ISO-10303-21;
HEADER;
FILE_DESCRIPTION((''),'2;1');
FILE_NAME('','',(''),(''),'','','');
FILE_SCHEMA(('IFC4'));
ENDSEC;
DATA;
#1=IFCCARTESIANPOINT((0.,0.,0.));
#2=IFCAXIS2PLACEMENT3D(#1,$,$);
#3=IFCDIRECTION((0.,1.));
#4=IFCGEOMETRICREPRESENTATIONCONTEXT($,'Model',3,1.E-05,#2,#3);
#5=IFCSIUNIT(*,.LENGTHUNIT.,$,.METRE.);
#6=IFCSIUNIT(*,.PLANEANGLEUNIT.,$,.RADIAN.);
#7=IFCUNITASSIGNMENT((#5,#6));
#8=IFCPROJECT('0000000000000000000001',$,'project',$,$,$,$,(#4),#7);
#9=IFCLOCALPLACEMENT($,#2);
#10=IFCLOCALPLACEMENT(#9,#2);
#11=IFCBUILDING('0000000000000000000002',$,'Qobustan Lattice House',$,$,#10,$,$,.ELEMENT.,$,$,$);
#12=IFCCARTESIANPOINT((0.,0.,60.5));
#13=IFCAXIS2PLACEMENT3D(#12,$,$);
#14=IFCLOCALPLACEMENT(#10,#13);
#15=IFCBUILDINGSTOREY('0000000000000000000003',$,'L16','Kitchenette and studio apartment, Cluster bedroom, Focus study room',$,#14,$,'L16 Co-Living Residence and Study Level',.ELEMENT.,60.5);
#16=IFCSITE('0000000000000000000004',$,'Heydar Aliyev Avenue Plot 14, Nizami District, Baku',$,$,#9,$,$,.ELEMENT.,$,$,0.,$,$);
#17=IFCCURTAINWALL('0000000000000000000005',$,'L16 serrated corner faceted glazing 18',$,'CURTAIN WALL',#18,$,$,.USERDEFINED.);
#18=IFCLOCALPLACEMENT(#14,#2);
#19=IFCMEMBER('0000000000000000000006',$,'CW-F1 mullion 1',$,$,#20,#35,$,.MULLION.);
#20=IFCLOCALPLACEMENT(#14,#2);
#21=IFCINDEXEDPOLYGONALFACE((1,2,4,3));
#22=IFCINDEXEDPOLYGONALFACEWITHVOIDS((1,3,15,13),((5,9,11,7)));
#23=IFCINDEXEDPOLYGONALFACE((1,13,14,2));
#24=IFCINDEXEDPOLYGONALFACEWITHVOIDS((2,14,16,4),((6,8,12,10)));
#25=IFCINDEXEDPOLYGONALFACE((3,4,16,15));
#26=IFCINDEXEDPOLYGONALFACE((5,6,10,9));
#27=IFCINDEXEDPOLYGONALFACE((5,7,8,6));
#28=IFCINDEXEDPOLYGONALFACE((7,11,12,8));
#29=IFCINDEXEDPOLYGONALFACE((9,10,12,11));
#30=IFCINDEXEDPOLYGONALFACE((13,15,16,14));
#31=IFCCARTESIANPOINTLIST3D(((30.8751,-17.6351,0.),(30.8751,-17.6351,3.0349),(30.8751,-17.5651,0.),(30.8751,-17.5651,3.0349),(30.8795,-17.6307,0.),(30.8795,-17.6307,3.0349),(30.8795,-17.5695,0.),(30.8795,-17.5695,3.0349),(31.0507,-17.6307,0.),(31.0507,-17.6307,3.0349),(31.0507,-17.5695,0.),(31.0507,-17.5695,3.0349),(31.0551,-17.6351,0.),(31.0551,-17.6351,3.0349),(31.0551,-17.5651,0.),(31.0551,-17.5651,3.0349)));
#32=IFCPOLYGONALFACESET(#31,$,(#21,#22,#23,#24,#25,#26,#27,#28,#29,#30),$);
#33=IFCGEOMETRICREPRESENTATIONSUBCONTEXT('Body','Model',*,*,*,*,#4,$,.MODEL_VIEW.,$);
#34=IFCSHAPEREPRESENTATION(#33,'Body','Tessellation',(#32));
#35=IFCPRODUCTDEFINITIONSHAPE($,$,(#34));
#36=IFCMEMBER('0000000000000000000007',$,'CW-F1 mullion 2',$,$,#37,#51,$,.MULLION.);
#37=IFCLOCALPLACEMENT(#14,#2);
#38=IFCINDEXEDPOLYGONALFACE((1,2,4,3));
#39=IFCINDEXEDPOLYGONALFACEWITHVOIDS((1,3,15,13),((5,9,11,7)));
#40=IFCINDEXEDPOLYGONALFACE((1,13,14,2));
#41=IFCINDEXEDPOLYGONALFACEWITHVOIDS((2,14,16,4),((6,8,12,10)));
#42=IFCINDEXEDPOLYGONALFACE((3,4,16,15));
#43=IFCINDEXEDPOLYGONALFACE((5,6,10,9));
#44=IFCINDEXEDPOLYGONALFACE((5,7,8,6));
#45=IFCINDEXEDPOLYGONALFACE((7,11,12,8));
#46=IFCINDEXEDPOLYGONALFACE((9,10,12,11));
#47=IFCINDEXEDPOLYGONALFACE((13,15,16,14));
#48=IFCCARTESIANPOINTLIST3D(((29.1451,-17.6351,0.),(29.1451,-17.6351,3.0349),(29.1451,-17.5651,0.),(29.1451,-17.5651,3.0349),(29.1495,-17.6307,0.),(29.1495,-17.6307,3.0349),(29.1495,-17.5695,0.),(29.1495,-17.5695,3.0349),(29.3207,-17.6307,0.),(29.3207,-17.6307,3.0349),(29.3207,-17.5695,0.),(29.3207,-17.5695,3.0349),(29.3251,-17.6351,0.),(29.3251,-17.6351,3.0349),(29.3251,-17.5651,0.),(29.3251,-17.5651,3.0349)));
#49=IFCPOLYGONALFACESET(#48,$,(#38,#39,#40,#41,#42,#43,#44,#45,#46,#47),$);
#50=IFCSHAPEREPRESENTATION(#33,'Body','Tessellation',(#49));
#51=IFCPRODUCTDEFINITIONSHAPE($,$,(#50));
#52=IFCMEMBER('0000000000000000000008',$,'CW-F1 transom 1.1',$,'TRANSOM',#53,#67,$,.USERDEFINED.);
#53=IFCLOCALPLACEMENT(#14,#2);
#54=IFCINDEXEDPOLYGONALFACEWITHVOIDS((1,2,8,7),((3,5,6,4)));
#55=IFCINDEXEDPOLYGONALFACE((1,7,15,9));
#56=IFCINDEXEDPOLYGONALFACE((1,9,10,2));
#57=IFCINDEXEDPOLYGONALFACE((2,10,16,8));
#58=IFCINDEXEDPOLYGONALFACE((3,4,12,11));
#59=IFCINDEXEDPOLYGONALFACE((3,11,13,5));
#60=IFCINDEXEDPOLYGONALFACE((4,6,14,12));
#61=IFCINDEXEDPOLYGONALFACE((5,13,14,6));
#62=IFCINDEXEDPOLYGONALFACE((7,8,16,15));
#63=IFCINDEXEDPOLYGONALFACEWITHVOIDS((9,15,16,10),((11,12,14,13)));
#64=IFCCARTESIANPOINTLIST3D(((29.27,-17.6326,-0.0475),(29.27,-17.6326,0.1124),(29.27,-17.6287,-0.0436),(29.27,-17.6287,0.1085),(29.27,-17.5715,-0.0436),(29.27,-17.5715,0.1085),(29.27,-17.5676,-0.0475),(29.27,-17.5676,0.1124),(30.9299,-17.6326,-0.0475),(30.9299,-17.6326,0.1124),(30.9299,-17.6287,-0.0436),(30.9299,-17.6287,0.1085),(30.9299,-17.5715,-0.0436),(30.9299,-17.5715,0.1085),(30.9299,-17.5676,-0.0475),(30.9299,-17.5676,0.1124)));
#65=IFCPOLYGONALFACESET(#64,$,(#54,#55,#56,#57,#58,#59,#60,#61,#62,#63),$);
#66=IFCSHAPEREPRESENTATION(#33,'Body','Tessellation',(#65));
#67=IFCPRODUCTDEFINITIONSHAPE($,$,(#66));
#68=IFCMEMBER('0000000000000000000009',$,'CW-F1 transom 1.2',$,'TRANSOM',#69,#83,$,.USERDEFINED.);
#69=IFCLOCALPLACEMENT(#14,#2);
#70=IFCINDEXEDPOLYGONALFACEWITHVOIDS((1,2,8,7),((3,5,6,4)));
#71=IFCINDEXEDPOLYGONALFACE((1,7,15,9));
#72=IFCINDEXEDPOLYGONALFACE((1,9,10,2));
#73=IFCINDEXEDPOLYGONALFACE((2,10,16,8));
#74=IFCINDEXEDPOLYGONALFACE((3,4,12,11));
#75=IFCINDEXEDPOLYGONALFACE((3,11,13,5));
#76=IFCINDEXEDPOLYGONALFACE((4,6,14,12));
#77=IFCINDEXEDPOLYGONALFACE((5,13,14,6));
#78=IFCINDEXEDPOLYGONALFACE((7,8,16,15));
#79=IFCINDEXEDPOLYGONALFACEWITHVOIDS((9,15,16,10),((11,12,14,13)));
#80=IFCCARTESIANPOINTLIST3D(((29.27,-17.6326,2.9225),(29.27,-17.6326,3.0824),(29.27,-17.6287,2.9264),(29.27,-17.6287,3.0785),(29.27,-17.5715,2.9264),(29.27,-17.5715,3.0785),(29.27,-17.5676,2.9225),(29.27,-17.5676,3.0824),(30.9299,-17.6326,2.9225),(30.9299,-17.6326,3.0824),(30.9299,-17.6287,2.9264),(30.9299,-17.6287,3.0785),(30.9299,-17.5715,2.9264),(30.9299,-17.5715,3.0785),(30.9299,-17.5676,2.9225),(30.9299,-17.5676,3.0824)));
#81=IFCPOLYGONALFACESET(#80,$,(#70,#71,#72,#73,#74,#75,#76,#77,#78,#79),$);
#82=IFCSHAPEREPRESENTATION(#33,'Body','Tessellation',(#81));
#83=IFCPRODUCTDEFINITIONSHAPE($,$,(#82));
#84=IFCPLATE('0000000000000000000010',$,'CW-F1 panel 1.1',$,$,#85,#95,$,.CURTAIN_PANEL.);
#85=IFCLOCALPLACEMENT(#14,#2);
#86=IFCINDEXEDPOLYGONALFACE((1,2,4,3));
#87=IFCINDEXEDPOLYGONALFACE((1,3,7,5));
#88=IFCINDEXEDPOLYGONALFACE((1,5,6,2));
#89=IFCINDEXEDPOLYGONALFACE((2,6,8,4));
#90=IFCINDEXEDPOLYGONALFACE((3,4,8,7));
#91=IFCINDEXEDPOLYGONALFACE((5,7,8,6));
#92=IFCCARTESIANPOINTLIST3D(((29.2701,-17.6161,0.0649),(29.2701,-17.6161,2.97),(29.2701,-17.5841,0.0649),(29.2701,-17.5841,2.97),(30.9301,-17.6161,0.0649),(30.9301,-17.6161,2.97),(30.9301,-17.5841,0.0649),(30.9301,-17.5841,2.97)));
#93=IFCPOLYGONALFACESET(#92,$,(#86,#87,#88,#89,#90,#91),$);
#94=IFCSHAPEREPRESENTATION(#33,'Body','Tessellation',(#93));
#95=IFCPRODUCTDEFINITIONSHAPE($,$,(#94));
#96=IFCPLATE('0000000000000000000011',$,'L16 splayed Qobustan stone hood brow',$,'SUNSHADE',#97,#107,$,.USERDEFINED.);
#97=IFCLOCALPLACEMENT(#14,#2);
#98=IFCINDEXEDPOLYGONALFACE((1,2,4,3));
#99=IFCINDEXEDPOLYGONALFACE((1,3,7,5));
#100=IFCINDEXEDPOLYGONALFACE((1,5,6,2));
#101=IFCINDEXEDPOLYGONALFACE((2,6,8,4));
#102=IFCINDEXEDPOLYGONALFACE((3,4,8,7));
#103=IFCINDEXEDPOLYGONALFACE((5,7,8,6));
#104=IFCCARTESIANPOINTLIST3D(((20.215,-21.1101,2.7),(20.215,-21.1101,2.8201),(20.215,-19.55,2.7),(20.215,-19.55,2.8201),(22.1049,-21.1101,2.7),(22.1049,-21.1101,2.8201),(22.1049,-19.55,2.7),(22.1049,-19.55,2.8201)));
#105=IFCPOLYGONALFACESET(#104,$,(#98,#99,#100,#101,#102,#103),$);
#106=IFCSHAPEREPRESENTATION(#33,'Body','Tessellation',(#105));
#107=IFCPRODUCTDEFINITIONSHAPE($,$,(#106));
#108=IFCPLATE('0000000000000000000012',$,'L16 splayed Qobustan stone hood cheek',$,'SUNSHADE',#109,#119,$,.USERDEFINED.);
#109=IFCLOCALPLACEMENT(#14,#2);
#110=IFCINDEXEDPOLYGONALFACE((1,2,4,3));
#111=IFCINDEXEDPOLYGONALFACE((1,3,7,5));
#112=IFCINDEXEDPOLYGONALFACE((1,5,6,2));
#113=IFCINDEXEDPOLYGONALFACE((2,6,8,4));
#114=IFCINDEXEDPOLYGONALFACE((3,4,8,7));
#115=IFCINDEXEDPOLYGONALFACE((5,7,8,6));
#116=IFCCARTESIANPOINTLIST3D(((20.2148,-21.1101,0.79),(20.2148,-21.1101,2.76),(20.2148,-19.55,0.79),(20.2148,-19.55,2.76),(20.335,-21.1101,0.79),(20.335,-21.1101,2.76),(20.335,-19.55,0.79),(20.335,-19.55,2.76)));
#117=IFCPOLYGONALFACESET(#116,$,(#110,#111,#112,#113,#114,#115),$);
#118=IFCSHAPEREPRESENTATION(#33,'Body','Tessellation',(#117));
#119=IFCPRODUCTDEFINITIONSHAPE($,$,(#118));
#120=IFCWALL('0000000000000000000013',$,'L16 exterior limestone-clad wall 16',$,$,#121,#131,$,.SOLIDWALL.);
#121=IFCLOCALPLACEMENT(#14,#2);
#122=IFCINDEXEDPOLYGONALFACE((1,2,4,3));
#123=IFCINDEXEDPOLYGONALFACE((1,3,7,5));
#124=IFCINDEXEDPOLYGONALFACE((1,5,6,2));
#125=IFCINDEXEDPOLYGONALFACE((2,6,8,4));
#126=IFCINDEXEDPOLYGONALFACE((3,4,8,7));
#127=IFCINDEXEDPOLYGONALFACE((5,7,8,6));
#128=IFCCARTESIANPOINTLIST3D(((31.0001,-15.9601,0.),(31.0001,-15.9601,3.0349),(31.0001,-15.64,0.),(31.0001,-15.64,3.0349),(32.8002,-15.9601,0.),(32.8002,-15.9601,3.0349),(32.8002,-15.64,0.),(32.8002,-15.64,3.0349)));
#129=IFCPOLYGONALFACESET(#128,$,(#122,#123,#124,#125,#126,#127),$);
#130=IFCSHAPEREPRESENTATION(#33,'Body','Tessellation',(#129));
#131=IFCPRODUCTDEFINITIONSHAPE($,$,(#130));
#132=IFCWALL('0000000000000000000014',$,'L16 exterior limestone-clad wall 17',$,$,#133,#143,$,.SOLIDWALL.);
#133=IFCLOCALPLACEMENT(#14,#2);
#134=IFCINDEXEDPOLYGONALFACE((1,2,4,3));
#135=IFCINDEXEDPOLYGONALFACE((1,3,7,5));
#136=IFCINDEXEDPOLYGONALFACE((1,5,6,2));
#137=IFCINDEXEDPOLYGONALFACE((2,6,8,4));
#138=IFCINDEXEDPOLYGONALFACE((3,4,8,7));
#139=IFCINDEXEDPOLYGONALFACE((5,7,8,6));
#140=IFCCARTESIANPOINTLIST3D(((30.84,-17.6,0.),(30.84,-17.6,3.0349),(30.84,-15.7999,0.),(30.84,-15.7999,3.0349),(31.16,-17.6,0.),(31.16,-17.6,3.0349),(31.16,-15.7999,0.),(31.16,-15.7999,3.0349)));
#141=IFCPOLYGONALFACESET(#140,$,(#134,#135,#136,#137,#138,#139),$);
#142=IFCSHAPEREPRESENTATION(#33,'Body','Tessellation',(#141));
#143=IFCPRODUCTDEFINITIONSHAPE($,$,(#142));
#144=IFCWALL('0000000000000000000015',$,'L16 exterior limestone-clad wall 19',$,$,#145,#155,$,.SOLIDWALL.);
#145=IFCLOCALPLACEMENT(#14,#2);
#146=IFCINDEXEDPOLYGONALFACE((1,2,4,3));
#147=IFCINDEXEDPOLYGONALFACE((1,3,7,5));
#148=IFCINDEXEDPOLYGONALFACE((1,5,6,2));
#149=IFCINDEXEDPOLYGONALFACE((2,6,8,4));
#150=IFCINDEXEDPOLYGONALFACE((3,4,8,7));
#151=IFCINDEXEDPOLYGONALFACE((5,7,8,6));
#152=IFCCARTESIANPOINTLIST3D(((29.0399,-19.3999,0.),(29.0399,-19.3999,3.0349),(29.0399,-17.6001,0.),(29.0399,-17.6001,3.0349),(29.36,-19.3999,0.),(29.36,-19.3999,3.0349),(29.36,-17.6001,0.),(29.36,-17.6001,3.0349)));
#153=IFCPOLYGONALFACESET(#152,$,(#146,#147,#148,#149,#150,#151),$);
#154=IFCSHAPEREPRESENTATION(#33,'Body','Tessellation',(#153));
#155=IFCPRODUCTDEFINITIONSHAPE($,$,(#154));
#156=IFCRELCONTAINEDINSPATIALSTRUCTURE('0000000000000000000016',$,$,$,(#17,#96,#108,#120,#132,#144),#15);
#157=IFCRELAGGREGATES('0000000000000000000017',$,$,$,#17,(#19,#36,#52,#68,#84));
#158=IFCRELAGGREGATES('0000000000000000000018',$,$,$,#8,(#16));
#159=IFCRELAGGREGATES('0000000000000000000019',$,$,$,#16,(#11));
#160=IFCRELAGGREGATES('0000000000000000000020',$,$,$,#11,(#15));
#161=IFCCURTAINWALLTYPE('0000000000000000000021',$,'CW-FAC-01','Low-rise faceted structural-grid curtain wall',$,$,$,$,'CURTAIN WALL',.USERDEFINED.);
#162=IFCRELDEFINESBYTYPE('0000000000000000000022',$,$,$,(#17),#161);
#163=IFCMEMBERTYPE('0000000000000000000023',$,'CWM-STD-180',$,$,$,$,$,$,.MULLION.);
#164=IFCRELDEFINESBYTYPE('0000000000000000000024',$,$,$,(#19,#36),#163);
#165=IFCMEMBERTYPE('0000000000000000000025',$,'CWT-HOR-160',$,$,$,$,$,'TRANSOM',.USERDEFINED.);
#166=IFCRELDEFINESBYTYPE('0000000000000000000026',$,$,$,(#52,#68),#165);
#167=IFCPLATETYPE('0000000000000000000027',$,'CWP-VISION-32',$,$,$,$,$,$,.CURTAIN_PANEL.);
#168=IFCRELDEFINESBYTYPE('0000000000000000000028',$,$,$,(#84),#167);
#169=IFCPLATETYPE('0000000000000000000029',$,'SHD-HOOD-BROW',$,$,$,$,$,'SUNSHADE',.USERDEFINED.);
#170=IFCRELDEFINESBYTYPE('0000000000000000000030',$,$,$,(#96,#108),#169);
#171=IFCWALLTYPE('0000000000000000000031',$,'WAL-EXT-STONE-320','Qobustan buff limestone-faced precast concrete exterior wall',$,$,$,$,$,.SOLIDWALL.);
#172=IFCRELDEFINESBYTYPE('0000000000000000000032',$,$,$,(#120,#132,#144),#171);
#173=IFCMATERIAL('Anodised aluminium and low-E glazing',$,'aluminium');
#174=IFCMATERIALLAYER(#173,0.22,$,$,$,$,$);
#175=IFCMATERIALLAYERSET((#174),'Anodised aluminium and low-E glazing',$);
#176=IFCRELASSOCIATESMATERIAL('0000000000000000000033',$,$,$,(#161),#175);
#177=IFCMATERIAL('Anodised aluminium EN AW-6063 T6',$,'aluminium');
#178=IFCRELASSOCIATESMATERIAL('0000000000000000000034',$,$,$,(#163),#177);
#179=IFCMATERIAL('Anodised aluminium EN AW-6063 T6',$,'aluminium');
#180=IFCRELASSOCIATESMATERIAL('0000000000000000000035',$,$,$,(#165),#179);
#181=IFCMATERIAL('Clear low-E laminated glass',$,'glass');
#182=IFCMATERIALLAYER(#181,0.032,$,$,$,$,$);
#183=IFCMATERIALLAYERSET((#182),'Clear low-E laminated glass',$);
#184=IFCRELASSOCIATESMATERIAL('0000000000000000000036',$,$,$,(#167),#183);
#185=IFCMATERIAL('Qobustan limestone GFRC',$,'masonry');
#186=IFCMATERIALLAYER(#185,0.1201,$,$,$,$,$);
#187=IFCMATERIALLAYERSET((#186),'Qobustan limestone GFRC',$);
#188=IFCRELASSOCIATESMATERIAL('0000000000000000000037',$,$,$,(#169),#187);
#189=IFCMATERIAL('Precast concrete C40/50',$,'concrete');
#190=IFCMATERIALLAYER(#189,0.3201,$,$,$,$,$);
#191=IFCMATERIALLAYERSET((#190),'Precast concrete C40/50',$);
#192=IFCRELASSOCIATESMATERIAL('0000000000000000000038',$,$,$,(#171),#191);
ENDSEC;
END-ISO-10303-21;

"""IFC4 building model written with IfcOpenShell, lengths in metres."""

from ifc_helpers import new_model, si_unit, direction, frame, frame_2d, origin, origin_2d, place, context, subcontext, project, spatial, rectangle, hollow_rectangle, extrude, material, layer, layer_set, material_profile, profile_set, type_object, element, aggregate, save


model = new_model("IFC4")

# Units and contexts
model_context = context("Model", 3, precision=1e-05, world=origin(), true_north=direction((0.0, 1.0)))
body_context = subcontext(model_context, "Body", "Model", "MODEL_VIEW")
ifc_project = project(units=[si_unit("LENGTHUNIT", "METRE"), si_unit("PLANEANGLEUNIT", "RADIAN")], contexts=[model_context])

# Site, building, storey
site_placement = place(None, origin())
site = spatial("IfcSite", under=ifc_project, at=site_placement, Name="Heydar Aliyev Avenue Plot 14, Nizami District, Baku", CompositionType="ELEMENT", RefElevation=0.0)
building_placement = place(site_placement, origin())
building = spatial("IfcBuilding", under=site, at=building_placement, Name="Qobustan Lattice House", CompositionType="ELEMENT")
storey_placement = place(building_placement, frame((0.0, 0.0, 60.5)))
storey = spatial("IfcBuildingStorey", under=building, at=storey_placement, Name="L16", Description="Kitchenette and studio apartment, Cluster bedroom, Focus study room", LongName="L16 Co-Living Residence and Study Level", CompositionType="ELEMENT", Elevation=60.5)

# Curtain wall, members, plate
ifc_material_1 = material(Name="Anodised aluminium and low-E glazing", Category="aluminium")
ifc_layer_1 = layer(ifc_material_1, 0.22)
ifc_layer_set_1 = layer_set([ifc_layer_1], Name="Anodised aluminium and low-E glazing")
curtain_wall_type = type_object("IfcCurtainWallType", Name="CW-FAC-01", Description="Low-rise faceted structural-grid curtain wall", ElementType="CURTAIN WALL", PredefinedType="USERDEFINED", material=ifc_layer_set_1)
curtain_wall_placement = place(storey_placement, origin())
curtain_wall = element("IfcCurtainWall", 1, at=curtain_wall_placement, inside=storey, type_object=curtain_wall_type, Name="L16 serrated corner faceted glazing 18", ObjectType="CURTAIN WALL", PredefinedType="USERDEFINED")
ifc_material_2 = material(Name="Anodised aluminium EN AW-6063 T6", Category="aluminium")
ifc_material_profile_1 = material_profile(ifc_material_2, hollow_rectangle(XDim=0.0701, YDim=0.1799, WallThickness=0.0044, at=origin_2d()), Name="CWM-180x70")
ifc_profile_set_1 = profile_set([ifc_material_profile_1], Name="Anodised aluminium EN AW-6063 T6")
member_type_1 = type_object("IfcMemberType", Name="CWM-STD-180", PredefinedType="MULLION", material=ifc_profile_set_1)
member_1_placement = place(storey_placement, frame((30.9651, -17.6001, 0.0), z_axis=(0.0, 0.0, 1.0), x_axis=(0.0, -1.0, 0.0)))
member_1 = element("IfcMember", 2, at=member_1_placement, type_object=member_type_1, Name="CW-F1 mullion 1", PredefinedType="MULLION", context=body_context, shape_type="SweptSolid", body=[
    extrude(hollow_rectangle(XDim=0.0701, YDim=0.1799, WallThickness=0.0044, at=origin_2d()), origin(), (0.0, 0.0, 1.0), 3.0349),
])
member_2_placement = place(storey_placement, frame((29.2351, -17.6001, 0.0), z_axis=(0.0, 0.0, 1.0), x_axis=(0.0, -1.0, 0.0)))
member_2 = element("IfcMember", 3, at=member_2_placement, type_object=member_type_1, Name="CW-F1 mullion 2", PredefinedType="MULLION", context=body_context, shape_type="SweptSolid", body=[
    extrude(hollow_rectangle(XDim=0.0701, YDim=0.1799, WallThickness=0.0044, at=origin_2d()), origin(), (0.0, 0.0, 1.0), 3.0349),
])
ifc_material_3 = material(Name="Anodised aluminium EN AW-6063 T6", Category="aluminium")
ifc_material_profile_2 = material_profile(ifc_material_3, hollow_rectangle(XDim=0.0649, YDim=0.1599, WallThickness=0.0039, at=origin_2d()), Name="CWT-160x65")
ifc_profile_set_2 = profile_set([ifc_material_profile_2], Name="Anodised aluminium EN AW-6063 T6")
member_type_2 = type_object("IfcMemberType", Name="CWT-HOR-160", ElementType="TRANSOM", PredefinedType="USERDEFINED", material=ifc_profile_set_2)
member_3_placement = place(storey_placement, frame((30.9299, -17.6001, 0.0325), z_axis=(-1.0, 0.0, 0.0), x_axis=(0.0, -1.0, 0.0)))
member_3 = element("IfcMember", 4, at=member_3_placement, type_object=member_type_2, Name="CW-F1 transom 1.1", ObjectType="TRANSOM", PredefinedType="USERDEFINED", context=body_context, shape_type="SweptSolid", body=[
    extrude(hollow_rectangle(XDim=0.0649, YDim=0.1599, WallThickness=0.0039, at=origin_2d()), origin(), (0.0, 0.0, 1.0), 1.6599),
])
member_4_placement = place(storey_placement, frame((30.9299, -17.6001, 3.0024), z_axis=(-1.0, 0.0, 0.0), x_axis=(0.0, -1.0, 0.0)))
member_4 = element("IfcMember", 5, at=member_4_placement, type_object=member_type_2, Name="CW-F1 transom 1.2", ObjectType="TRANSOM", PredefinedType="USERDEFINED", context=body_context, shape_type="SweptSolid", body=[
    extrude(hollow_rectangle(XDim=0.0649, YDim=0.1599, WallThickness=0.0039, at=origin_2d()), origin(), (0.0, 0.0, 1.0), 1.6599),
])
ifc_material_4 = material(Name="Clear low-E laminated glass", Category="glass")
ifc_layer_2 = layer(ifc_material_4, 0.032)
ifc_layer_set_2 = layer_set([ifc_layer_2], Name="Clear low-E laminated glass")
plate_type_1 = type_object("IfcPlateType", Name="CWP-VISION-32", PredefinedType="CURTAIN_PANEL", material=ifc_layer_set_2)
plate_1_placement = place(storey_placement, frame((30.1001, -17.6001, 0.0649), z_axis=(0.0, 0.0, 1.0), x_axis=(-1.0, 0.0, 0.0)))
plate_1 = element("IfcPlate", 6, at=plate_1_placement, type_object=plate_type_1, Name="CW-F1 panel 1.1", PredefinedType="CURTAIN_PANEL", context=body_context, shape_type="SweptSolid", body=[
    extrude(rectangle(XDim=1.6599, YDim=0.032, at=origin_2d()), origin(), (0.0, 0.0, 1.0), 2.905),
])
aggregate(curtain_wall, [member_1, member_2, member_3, member_4, plate_1])

# Plates
ifc_material_5 = material(Name="Qobustan limestone GFRC", Category="masonry")
ifc_layer_3 = layer(ifc_material_5, 0.1201)
ifc_layer_set_3 = layer_set([ifc_layer_3], Name="Qobustan limestone GFRC")
plate_type_2 = type_object("IfcPlateType", Name="SHD-HOOD-BROW", ElementType="SUNSHADE", PredefinedType="USERDEFINED", material=ifc_layer_set_3)
plate_2_placement = place(storey_placement, frame((21.1599, -20.3301, 2.7), z_axis=(0.0, 0.0, 1.0), x_axis=(-1.0, 0.0, 0.0)))
element("IfcPlate", 7, at=plate_2_placement, inside=storey, type_object=plate_type_2, Name="L16 splayed Qobustan stone hood brow", ObjectType="SUNSHADE", PredefinedType="USERDEFINED", context=body_context, shape_type="SweptSolid", body=[
    extrude(rectangle(XDim=1.8899, YDim=1.5601, at=origin_2d()), origin(), (0.0, 0.0, 1.0), 0.1201),
])
plate_3_placement = place(storey_placement, frame((20.2749, -20.3301, 0.79), z_axis=(0.0, 0.0, 1.0), x_axis=(-1.0, 0.0, 0.0)))
element("IfcPlate", 8, at=plate_3_placement, inside=storey, type_object=plate_type_2, Name="L16 splayed Qobustan stone hood cheek", ObjectType="SUNSHADE", PredefinedType="USERDEFINED", context=body_context, shape_type="SweptSolid", body=[
    extrude(rectangle(XDim=0.1201, YDim=1.5601, at=origin_2d()), origin(), (0.0, 0.0, 1.0), 1.97),
])

# Walls
ifc_material_6 = material(Name="Precast concrete C40/50", Category="concrete")
ifc_layer_4 = layer(ifc_material_6, 0.3201)
ifc_layer_set_4 = layer_set([ifc_layer_4], Name="Precast concrete C40/50")
wall_type = type_object("IfcWallType", Name="WAL-EXT-STONE-320", Description="Qobustan buff limestone-faced precast concrete exterior wall", PredefinedType="SOLIDWALL", material=ifc_layer_set_4)
for number, where, z_axis, x_axis, name in (
    (9, (32.8, -15.8, 0.0), (0.0, 0.0, 1.0), (-1.0, 0.0, 0.0), "L16 exterior limestone-clad wall 16"),
    (10, (31.0, -15.8, 0.0), (0.0, 0.0, 1.0), (0.0, -1.0, 0.0), "L16 exterior limestone-clad wall 17"),
):
    element("IfcWall", number, at=place(storey_placement, frame(where, z_axis=z_axis, x_axis=x_axis)), inside=storey, type_object=wall_type, Name=name, PredefinedType="SOLIDWALL", context=body_context, shape_type="SweptSolid", body=[
        extrude(rectangle(XDim=1.8, YDim=0.3201, at=frame_2d((0.8999, 0.0))), origin(), (0.0, 0.0, 1.0), 3.0349),
    ])
wall_1_placement = place(storey_placement, frame((29.2, -17.6001, 0.0), z_axis=(0.0, 0.0, 1.0), x_axis=(0.0, -1.0, 0.0)))
element("IfcWall", 11, at=wall_1_placement, inside=storey, type_object=wall_type, Name="L16 exterior limestone-clad wall 19", PredefinedType="SOLIDWALL", context=body_context, shape_type="SweptSolid", body=[
    extrude(rectangle(XDim=1.7998, YDim=0.3201, at=frame_2d((0.8999, 0.0))), origin(), (0.0, 0.0, 1.0), 3.0349),
])

save(model, "model.ifc")
